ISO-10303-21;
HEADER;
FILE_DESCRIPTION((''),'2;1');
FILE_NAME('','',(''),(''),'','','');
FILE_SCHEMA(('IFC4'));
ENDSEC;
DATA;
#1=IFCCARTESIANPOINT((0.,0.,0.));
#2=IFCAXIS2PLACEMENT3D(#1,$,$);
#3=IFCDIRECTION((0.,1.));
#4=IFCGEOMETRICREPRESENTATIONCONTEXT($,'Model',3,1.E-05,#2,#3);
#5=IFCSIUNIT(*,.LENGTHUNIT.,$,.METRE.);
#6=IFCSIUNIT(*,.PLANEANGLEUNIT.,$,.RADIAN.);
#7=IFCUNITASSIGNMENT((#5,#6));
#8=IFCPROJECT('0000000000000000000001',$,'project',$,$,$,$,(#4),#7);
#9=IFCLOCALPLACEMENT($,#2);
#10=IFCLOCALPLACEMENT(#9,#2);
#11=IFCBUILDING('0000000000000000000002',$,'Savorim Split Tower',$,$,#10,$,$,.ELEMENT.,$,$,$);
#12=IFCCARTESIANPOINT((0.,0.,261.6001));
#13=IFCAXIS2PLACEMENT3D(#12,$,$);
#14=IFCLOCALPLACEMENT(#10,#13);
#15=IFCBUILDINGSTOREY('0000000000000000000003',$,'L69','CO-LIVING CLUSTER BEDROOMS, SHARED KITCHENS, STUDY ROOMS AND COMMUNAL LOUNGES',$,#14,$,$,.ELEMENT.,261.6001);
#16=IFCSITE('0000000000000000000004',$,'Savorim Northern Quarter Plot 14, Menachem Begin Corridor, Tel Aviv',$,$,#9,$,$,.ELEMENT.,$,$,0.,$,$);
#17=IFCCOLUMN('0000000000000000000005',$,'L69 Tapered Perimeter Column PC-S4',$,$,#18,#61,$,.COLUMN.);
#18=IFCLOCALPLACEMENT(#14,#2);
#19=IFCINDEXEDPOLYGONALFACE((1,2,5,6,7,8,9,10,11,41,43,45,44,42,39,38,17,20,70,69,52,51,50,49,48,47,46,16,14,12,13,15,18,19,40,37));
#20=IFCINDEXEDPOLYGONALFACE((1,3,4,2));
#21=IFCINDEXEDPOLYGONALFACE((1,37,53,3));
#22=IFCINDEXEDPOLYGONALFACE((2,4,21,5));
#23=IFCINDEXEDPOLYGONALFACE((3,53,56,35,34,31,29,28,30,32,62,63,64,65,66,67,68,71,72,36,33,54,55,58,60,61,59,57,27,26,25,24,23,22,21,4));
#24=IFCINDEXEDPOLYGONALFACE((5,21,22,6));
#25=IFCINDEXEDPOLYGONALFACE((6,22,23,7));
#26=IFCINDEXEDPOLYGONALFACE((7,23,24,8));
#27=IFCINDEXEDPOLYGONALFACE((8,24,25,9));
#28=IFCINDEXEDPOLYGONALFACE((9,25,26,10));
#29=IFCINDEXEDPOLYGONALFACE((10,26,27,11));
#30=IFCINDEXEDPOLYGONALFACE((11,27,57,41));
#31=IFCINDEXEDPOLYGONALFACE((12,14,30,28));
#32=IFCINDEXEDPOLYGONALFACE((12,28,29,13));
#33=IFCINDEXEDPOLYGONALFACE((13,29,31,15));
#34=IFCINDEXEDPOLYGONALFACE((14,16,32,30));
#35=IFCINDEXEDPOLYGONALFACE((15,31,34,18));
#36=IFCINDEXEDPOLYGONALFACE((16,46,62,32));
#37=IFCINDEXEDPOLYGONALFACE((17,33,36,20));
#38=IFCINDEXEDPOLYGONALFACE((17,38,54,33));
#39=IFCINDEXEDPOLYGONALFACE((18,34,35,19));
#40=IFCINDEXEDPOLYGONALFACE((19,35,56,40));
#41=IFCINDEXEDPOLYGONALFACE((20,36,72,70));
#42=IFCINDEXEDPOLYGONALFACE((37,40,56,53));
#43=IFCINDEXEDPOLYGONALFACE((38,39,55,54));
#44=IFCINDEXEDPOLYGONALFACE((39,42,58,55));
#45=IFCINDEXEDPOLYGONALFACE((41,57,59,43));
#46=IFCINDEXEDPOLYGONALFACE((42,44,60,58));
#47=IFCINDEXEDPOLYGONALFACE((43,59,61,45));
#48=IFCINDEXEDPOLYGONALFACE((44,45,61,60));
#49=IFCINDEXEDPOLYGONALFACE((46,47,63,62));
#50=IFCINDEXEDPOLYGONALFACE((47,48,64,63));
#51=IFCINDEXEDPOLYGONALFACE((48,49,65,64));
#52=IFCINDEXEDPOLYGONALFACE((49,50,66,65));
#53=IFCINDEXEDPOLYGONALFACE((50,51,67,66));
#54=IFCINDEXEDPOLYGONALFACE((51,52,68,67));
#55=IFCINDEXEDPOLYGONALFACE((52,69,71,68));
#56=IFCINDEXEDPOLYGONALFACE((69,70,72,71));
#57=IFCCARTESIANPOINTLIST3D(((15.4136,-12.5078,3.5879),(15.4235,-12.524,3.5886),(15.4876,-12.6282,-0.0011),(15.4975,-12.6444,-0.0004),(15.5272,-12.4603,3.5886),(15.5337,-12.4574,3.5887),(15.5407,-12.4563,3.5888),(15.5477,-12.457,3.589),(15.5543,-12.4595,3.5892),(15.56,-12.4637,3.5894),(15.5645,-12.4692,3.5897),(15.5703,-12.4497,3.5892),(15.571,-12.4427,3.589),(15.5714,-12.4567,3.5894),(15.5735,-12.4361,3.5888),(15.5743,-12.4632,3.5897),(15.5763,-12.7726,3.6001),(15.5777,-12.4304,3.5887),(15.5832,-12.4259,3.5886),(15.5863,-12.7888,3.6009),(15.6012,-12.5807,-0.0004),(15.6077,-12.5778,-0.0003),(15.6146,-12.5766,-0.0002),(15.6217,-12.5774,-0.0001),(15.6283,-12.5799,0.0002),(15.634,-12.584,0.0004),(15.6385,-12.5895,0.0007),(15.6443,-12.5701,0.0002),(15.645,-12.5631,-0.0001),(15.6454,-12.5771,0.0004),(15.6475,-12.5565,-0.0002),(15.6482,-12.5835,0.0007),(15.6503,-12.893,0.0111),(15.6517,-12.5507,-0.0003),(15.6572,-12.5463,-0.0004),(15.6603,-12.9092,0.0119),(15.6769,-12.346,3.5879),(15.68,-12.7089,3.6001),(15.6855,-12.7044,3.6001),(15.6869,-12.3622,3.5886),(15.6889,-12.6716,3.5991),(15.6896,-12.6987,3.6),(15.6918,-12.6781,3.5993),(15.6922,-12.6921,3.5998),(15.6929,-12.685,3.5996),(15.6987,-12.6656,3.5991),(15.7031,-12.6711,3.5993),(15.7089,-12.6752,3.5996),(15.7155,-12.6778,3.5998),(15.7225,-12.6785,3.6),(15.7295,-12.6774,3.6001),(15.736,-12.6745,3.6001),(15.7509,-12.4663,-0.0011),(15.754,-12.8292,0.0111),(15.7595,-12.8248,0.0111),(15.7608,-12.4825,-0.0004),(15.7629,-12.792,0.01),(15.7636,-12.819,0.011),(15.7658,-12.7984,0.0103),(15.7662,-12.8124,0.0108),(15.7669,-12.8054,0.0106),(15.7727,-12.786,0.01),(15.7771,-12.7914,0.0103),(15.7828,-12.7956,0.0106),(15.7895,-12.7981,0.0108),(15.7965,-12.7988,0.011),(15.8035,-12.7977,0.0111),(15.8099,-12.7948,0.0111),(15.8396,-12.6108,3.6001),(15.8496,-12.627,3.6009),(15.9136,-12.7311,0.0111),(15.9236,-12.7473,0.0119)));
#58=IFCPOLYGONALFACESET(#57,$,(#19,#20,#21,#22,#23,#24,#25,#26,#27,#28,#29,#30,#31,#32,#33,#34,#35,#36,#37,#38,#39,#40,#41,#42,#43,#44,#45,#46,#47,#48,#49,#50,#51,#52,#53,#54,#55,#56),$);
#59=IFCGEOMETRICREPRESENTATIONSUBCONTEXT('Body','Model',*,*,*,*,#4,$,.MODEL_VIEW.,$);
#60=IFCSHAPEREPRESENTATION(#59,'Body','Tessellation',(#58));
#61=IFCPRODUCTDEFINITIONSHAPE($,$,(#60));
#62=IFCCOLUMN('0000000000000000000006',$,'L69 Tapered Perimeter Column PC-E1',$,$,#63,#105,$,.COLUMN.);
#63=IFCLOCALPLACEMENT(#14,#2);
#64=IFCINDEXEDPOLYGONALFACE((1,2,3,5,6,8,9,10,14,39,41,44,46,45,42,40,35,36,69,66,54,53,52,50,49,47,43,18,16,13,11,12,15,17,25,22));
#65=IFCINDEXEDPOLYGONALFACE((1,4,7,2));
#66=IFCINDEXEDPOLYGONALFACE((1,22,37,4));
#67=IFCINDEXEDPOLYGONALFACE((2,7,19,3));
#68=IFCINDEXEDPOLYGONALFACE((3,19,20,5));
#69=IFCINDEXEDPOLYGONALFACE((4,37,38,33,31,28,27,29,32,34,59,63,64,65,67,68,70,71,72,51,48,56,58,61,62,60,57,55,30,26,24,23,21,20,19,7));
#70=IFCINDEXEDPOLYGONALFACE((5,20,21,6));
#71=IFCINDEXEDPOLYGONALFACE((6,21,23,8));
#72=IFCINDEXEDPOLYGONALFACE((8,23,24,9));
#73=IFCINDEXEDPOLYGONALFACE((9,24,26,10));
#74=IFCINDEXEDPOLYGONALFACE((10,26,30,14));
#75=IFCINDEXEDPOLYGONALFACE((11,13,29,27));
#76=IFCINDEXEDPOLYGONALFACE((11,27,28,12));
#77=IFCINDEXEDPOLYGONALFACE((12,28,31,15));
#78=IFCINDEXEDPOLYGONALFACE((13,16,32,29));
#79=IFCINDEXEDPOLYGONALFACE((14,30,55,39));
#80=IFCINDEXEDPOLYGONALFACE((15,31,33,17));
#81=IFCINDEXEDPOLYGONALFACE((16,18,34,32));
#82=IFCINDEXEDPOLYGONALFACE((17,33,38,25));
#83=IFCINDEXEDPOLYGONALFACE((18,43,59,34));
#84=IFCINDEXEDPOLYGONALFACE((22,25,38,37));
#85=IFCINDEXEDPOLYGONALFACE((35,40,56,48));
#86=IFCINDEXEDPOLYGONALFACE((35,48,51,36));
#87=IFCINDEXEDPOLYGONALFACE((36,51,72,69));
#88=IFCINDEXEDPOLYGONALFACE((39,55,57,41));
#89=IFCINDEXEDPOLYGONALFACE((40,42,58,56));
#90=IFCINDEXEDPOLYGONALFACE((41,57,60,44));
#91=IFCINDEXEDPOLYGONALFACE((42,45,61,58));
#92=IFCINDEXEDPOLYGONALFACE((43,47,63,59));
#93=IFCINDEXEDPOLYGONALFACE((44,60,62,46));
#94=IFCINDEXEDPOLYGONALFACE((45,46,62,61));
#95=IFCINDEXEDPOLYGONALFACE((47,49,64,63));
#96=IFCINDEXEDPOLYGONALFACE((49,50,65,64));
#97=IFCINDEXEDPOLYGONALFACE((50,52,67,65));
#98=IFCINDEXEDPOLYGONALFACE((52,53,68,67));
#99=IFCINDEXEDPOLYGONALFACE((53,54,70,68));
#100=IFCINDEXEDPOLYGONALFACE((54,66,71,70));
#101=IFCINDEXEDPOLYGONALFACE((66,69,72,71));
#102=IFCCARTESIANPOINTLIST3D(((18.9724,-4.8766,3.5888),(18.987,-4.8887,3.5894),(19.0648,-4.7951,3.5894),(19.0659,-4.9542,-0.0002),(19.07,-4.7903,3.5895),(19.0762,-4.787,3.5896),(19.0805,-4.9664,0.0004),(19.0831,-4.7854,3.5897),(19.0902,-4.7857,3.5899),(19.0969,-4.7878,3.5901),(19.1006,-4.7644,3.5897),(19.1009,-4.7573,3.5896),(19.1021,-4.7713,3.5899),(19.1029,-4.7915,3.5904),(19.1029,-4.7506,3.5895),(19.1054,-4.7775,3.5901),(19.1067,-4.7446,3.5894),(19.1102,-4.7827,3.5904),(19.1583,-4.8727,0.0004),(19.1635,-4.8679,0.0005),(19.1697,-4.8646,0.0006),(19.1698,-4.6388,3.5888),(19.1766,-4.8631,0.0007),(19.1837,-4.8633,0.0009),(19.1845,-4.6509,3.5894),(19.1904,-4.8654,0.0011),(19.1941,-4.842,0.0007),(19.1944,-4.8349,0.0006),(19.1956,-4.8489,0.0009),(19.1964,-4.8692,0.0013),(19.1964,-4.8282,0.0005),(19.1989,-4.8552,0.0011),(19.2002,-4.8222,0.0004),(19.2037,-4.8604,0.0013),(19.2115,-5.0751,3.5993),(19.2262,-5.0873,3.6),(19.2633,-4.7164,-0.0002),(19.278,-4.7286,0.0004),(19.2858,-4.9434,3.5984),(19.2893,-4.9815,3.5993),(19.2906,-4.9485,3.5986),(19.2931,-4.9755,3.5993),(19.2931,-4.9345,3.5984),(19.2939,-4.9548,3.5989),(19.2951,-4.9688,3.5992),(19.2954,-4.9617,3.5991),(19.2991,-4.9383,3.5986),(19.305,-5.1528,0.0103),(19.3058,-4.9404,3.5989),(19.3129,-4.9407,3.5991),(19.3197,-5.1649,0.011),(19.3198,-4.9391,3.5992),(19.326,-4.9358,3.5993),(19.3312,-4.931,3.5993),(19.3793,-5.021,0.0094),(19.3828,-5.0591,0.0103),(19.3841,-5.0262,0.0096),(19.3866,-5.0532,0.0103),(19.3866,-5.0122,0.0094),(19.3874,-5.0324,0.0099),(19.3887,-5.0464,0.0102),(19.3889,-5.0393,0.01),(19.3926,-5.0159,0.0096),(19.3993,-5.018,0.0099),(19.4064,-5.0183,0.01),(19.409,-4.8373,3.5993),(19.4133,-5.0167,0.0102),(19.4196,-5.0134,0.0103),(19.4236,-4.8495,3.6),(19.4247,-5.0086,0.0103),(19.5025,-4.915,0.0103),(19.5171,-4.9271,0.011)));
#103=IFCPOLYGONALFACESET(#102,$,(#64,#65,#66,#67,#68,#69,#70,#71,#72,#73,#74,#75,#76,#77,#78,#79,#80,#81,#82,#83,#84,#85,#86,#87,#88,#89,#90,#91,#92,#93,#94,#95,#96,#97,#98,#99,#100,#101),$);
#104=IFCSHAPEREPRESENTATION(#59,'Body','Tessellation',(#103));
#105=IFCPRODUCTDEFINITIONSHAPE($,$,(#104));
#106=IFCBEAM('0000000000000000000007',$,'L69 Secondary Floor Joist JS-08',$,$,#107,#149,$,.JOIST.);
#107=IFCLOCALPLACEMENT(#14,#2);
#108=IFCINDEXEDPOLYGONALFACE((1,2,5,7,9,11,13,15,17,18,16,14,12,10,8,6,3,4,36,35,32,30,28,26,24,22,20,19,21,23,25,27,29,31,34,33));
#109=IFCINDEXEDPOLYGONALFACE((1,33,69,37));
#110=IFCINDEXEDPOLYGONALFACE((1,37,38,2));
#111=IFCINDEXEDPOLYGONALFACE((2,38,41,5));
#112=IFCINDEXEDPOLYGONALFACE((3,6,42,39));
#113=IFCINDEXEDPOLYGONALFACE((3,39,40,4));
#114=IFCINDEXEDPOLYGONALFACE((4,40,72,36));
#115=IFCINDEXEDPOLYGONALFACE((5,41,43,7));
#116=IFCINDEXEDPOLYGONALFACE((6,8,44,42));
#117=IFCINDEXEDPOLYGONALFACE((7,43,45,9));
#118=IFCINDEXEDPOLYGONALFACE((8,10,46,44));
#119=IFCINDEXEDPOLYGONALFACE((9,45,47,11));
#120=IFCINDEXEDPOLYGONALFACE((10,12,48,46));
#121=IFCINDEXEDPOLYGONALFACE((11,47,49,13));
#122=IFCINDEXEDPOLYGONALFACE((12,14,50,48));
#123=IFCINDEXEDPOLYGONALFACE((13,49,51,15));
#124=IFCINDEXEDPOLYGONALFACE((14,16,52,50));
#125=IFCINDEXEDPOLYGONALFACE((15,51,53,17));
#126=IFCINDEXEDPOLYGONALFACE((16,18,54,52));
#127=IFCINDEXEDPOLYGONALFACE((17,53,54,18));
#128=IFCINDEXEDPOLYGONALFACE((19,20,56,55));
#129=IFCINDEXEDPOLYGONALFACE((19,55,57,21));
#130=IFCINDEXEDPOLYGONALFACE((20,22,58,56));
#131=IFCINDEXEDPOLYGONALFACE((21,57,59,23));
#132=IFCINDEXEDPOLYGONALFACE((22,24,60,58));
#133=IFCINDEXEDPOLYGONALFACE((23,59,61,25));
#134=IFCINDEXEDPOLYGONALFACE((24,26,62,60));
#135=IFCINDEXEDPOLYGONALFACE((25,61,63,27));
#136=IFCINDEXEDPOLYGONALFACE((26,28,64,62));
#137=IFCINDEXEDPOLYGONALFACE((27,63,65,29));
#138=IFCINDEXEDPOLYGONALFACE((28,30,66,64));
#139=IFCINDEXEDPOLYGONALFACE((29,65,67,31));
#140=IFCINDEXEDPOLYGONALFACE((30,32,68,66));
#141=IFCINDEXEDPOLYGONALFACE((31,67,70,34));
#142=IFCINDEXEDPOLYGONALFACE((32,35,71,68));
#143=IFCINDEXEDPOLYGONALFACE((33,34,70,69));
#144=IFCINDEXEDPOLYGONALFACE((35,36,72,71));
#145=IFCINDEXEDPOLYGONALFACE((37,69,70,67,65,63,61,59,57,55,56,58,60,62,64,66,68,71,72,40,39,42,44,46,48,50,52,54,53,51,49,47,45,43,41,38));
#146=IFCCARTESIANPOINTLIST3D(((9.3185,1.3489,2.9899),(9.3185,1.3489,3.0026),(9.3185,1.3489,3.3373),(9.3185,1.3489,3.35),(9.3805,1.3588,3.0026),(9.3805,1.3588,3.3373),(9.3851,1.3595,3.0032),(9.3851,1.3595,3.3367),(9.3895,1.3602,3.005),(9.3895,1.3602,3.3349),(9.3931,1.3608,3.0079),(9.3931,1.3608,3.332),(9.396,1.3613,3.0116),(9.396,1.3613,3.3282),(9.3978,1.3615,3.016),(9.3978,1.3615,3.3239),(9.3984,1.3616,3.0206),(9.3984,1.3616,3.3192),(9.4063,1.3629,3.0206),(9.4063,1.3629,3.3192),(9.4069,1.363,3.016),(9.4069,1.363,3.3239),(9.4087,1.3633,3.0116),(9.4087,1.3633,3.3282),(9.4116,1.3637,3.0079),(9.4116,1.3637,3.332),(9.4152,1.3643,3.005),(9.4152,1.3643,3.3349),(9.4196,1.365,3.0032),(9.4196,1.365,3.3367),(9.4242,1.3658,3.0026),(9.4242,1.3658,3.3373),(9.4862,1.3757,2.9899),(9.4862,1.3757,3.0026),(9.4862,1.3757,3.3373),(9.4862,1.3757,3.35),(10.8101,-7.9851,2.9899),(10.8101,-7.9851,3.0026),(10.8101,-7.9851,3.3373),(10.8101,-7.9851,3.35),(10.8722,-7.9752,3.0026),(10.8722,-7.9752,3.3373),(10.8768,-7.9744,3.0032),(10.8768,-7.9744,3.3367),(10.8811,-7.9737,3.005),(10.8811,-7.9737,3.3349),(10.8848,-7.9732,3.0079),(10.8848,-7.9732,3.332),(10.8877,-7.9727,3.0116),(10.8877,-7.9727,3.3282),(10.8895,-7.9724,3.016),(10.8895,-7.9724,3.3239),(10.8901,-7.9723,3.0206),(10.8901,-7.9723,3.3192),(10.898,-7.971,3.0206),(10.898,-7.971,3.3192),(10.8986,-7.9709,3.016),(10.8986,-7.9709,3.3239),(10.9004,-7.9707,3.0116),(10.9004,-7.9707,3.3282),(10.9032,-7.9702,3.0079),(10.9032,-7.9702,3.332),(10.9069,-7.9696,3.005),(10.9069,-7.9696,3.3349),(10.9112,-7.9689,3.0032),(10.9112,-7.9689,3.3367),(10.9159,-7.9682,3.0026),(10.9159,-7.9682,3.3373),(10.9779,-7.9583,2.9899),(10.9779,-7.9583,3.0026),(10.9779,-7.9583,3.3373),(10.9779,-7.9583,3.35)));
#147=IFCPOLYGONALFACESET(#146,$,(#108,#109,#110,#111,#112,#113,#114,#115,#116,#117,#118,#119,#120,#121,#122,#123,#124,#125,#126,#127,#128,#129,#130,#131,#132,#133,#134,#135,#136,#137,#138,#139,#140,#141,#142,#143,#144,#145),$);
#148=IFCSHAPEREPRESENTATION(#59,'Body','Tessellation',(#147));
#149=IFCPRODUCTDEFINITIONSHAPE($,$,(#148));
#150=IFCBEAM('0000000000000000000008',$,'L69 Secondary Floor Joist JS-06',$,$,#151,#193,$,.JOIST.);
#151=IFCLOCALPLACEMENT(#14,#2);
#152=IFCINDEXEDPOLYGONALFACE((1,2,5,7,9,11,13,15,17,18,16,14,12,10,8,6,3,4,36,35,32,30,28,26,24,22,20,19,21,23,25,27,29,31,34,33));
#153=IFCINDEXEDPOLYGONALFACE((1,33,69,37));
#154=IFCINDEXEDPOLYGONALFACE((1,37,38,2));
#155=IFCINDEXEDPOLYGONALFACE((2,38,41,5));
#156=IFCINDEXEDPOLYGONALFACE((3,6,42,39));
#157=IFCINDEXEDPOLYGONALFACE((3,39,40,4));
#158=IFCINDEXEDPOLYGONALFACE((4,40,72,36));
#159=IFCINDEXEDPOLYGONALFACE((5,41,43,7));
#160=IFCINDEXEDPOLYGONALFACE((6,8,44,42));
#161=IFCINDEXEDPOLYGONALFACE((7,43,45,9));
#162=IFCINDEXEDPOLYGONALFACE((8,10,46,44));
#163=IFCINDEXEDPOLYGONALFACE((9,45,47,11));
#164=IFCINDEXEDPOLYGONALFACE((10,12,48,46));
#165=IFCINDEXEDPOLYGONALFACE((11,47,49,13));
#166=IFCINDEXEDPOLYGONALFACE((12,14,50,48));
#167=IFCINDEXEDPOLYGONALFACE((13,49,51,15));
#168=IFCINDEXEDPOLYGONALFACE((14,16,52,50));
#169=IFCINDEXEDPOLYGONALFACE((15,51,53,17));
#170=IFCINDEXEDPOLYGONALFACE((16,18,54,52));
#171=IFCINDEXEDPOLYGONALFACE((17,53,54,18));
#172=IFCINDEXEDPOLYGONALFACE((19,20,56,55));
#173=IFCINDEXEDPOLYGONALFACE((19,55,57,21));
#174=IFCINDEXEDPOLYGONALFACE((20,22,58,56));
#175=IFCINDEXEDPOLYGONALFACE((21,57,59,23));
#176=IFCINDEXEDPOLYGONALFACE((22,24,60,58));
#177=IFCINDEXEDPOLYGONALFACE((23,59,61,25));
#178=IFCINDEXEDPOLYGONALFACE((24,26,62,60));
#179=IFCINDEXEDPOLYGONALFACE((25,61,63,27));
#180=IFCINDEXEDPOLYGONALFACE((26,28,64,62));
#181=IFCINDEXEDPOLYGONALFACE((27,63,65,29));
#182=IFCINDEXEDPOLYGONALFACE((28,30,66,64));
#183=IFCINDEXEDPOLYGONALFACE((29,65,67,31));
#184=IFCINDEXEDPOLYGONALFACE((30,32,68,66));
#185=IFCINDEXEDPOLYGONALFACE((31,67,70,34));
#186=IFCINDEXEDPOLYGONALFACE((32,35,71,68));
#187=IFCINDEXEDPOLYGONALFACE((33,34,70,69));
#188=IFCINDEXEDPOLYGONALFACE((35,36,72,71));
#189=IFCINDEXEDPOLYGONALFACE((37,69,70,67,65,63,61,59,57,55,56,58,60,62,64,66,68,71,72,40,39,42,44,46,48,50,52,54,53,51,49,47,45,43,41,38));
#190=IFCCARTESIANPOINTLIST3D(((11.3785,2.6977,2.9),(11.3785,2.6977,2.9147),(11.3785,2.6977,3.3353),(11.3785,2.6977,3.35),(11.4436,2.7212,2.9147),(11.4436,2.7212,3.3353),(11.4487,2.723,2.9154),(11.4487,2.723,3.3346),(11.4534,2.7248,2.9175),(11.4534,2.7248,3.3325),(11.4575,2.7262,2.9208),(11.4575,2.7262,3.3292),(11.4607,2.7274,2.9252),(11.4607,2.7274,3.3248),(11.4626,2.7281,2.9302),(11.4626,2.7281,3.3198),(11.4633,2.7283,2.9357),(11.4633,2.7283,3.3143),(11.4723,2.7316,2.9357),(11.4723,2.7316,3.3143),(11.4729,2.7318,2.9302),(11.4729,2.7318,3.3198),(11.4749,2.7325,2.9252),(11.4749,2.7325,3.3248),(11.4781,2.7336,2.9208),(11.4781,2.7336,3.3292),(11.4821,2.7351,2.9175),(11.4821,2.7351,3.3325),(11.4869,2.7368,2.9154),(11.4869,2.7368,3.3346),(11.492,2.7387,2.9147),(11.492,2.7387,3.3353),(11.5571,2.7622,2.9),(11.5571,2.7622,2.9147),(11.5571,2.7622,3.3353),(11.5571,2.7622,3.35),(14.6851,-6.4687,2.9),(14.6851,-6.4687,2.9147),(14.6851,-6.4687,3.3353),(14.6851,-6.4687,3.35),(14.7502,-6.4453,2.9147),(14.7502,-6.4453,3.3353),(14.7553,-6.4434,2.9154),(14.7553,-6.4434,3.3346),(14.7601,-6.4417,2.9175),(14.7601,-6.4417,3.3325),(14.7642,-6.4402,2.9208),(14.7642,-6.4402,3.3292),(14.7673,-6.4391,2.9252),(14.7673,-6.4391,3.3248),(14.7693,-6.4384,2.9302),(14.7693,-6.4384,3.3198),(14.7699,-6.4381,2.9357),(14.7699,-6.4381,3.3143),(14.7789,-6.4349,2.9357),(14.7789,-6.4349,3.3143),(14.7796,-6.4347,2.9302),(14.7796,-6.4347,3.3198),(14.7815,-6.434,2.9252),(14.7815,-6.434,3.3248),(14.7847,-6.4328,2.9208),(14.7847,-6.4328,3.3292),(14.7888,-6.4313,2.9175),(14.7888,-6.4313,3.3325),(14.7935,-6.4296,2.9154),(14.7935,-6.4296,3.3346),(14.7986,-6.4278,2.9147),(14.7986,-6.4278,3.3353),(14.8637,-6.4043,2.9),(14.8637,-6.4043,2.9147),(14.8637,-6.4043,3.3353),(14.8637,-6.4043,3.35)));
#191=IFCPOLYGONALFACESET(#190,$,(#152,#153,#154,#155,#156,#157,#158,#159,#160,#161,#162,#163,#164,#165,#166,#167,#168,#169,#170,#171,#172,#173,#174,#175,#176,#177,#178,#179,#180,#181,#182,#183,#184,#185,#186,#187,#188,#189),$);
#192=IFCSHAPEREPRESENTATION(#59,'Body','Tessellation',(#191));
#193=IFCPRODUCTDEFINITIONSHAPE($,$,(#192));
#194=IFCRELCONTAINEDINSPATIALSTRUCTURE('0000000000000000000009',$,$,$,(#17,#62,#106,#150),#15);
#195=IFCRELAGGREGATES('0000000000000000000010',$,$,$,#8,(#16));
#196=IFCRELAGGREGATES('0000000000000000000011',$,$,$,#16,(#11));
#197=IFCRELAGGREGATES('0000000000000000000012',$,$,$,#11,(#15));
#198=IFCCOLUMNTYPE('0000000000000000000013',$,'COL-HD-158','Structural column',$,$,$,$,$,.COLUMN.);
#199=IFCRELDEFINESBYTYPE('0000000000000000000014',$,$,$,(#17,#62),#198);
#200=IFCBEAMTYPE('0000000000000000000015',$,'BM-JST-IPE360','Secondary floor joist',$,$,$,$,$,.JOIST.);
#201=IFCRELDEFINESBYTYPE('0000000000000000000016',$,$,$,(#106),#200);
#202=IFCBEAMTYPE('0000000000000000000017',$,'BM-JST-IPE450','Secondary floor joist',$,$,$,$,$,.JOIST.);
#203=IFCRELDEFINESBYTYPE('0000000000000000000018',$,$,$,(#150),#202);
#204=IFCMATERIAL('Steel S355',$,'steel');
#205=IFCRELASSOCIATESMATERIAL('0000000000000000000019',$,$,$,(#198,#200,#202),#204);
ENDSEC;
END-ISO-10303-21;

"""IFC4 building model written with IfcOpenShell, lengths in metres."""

from ifc_helpers import new_model, si_unit, direction, frame, origin, origin_2d, place, context, subcontext, project, spatial, i_section, extrude, material, material_profile, profile_set, type_object, element, save


model = new_model("IFC4")

# Units and contexts
model_context = context("Model", 3, precision=1e-05, world=origin(), true_north=direction((0.0, 1.0)))
body_context = subcontext(model_context, "Body", "Model", "MODEL_VIEW")
ifc_project = project(units=[si_unit("LENGTHUNIT", "METRE"), si_unit("PLANEANGLEUNIT", "RADIAN")], contexts=[model_context])

# Site, building, storey
site_placement = place(None, origin())
site = spatial("IfcSite", under=ifc_project, at=site_placement, Name="Savorim Northern Quarter Plot 14, Menachem Begin Corridor, Tel Aviv", CompositionType="ELEMENT", RefElevation=0.0)
building_placement = place(site_placement, origin())
building = spatial("IfcBuilding", under=site, at=building_placement, Name="Savorim Split Tower", CompositionType="ELEMENT")
storey_placement = place(building_placement, frame((0.0, 0.0, 261.6001)))
storey = spatial("IfcBuildingStorey", under=building, at=storey_placement, Name="L69", Description="CO-LIVING CLUSTER BEDROOMS, SHARED KITCHENS, STUDY ROOMS AND COMMUNAL LOUNGES", CompositionType="ELEMENT", Elevation=261.6001)

# Columns
ifc_material_1 = material(Name="Steel S355", Category="steel")
ifc_material_profile_1 = material_profile(ifc_material_1, i_section(OverallWidth=0.3091, OverallDepth=0.3301, WebThickness=0.0115, FlangeThickness=0.019, FilletRadius=0.0271, at=origin_2d()), Name="HD 320x158")
ifc_profile_set_1 = profile_set([ifc_material_profile_1], Name="Steel S355")
column_type = type_object("IfcColumnType", Name="COL-HD-158", Description="Structural column", PredefinedType="COLUMN", material=ifc_profile_set_1)
column_1_placement = place(storey_placement, frame((15.7056, -12.6877, 0.0054), z_axis=(-0.020595, 0.033509, 0.999226), x_axis=(-0.851955, -0.523615, 0.0)))
element("IfcColumn", 1, at=column_1_placement, inside=storey, type_object=column_type, Name="L69 Tapered Perimeter Column PC-S4", PredefinedType="COLUMN", context=body_context, shape_type="SweptSolid", body=[
    extrude(i_section(OverallWidth=0.3091, OverallDepth=0.3301, WebThickness=0.0115, FlangeThickness=0.019, FilletRadius=0.0271, at=origin_2d()), origin(), (0.0, 0.0, 1.0), 3.5918),
])
column_2_placement = place(storey_placement, frame((19.2915, -4.9407, 0.0054), z_axis=(-0.026038, 0.021619, 0.999427), x_axis=(-0.6388, -0.769373, 0.0)))
element("IfcColumn", 2, at=column_2_placement, inside=storey, type_object=column_type, Name="L69 Tapered Perimeter Column PC-E1", PredefinedType="COLUMN", context=body_context, shape_type="SweptSolid", body=[
    extrude(i_section(OverallWidth=0.3091, OverallDepth=0.3301, WebThickness=0.0115, FlangeThickness=0.019, FilletRadius=0.0271, at=origin_2d()), origin(), (0.0, 0.0, 1.0), 3.5911),
])

# Beams
ifc_material_profile_2 = material_profile(ifc_material_1, i_section(OverallWidth=0.1699, OverallDepth=0.3601, WebThickness=0.0081, FlangeThickness=0.0127, FilletRadius=0.0181, at=origin_2d()), Name="IPE 360")
ifc_profile_set_2 = profile_set([ifc_material_profile_2], Name="Steel S355")
beam_type_1 = type_object("IfcBeamType", Name="BM-JST-IPE360", Description="Secondary floor joist", PredefinedType="JOIST", material=ifc_profile_set_2)
beam_1_placement = place(storey_placement, frame((10.894, -7.9717, 3.1699), z_axis=(-0.157811, 0.987469, 0.0), x_axis=(-0.987469, -0.157811, 0.0)))
element("IfcBeam", 3, at=beam_1_placement, inside=storey, type_object=beam_type_1, Name="L69 Secondary Floor Joist JS-08", PredefinedType="JOIST", context=body_context, shape_type="SweptSolid", body=[
    extrude(i_section(OverallWidth=0.1699, OverallDepth=0.3601, WebThickness=0.0081, FlangeThickness=0.0127, FilletRadius=0.0181, at=origin_2d()), origin(), (0.0, 0.0, 1.0), 9.4524),
])
ifc_material_profile_3 = material_profile(ifc_material_1, i_section(OverallWidth=0.1899, OverallDepth=0.45, WebThickness=0.0095, FlangeThickness=0.0146, FilletRadius=0.021, at=origin_2d()), Name="IPE 450")
ifc_profile_set_3 = profile_set([ifc_material_profile_3], Name="Steel S355")
beam_type_2 = type_object("IfcBeamType", Name="BM-JST-IPE450", Description="Secondary floor joist", PredefinedType="JOIST", material=ifc_profile_set_3)
beam_2_placement = place(storey_placement, frame((14.7744, -6.4365, 3.125), z_axis=(-0.339328, 0.940668, 0.0), x_axis=(-0.940668, -0.339328, 0.0)))
element("IfcBeam", 4, at=beam_2_placement, inside=storey, type_object=beam_type_2, Name="L69 Secondary Floor Joist JS-06", PredefinedType="JOIST", context=body_context, shape_type="SweptSolid", body=[
    extrude(i_section(OverallWidth=0.1899, OverallDepth=0.45, WebThickness=0.0095, FlangeThickness=0.0146, FilletRadius=0.021, at=origin_2d()), origin(), (0.0, 0.0, 1.0), 9.7446),
])

save(model, "model.ifc")
